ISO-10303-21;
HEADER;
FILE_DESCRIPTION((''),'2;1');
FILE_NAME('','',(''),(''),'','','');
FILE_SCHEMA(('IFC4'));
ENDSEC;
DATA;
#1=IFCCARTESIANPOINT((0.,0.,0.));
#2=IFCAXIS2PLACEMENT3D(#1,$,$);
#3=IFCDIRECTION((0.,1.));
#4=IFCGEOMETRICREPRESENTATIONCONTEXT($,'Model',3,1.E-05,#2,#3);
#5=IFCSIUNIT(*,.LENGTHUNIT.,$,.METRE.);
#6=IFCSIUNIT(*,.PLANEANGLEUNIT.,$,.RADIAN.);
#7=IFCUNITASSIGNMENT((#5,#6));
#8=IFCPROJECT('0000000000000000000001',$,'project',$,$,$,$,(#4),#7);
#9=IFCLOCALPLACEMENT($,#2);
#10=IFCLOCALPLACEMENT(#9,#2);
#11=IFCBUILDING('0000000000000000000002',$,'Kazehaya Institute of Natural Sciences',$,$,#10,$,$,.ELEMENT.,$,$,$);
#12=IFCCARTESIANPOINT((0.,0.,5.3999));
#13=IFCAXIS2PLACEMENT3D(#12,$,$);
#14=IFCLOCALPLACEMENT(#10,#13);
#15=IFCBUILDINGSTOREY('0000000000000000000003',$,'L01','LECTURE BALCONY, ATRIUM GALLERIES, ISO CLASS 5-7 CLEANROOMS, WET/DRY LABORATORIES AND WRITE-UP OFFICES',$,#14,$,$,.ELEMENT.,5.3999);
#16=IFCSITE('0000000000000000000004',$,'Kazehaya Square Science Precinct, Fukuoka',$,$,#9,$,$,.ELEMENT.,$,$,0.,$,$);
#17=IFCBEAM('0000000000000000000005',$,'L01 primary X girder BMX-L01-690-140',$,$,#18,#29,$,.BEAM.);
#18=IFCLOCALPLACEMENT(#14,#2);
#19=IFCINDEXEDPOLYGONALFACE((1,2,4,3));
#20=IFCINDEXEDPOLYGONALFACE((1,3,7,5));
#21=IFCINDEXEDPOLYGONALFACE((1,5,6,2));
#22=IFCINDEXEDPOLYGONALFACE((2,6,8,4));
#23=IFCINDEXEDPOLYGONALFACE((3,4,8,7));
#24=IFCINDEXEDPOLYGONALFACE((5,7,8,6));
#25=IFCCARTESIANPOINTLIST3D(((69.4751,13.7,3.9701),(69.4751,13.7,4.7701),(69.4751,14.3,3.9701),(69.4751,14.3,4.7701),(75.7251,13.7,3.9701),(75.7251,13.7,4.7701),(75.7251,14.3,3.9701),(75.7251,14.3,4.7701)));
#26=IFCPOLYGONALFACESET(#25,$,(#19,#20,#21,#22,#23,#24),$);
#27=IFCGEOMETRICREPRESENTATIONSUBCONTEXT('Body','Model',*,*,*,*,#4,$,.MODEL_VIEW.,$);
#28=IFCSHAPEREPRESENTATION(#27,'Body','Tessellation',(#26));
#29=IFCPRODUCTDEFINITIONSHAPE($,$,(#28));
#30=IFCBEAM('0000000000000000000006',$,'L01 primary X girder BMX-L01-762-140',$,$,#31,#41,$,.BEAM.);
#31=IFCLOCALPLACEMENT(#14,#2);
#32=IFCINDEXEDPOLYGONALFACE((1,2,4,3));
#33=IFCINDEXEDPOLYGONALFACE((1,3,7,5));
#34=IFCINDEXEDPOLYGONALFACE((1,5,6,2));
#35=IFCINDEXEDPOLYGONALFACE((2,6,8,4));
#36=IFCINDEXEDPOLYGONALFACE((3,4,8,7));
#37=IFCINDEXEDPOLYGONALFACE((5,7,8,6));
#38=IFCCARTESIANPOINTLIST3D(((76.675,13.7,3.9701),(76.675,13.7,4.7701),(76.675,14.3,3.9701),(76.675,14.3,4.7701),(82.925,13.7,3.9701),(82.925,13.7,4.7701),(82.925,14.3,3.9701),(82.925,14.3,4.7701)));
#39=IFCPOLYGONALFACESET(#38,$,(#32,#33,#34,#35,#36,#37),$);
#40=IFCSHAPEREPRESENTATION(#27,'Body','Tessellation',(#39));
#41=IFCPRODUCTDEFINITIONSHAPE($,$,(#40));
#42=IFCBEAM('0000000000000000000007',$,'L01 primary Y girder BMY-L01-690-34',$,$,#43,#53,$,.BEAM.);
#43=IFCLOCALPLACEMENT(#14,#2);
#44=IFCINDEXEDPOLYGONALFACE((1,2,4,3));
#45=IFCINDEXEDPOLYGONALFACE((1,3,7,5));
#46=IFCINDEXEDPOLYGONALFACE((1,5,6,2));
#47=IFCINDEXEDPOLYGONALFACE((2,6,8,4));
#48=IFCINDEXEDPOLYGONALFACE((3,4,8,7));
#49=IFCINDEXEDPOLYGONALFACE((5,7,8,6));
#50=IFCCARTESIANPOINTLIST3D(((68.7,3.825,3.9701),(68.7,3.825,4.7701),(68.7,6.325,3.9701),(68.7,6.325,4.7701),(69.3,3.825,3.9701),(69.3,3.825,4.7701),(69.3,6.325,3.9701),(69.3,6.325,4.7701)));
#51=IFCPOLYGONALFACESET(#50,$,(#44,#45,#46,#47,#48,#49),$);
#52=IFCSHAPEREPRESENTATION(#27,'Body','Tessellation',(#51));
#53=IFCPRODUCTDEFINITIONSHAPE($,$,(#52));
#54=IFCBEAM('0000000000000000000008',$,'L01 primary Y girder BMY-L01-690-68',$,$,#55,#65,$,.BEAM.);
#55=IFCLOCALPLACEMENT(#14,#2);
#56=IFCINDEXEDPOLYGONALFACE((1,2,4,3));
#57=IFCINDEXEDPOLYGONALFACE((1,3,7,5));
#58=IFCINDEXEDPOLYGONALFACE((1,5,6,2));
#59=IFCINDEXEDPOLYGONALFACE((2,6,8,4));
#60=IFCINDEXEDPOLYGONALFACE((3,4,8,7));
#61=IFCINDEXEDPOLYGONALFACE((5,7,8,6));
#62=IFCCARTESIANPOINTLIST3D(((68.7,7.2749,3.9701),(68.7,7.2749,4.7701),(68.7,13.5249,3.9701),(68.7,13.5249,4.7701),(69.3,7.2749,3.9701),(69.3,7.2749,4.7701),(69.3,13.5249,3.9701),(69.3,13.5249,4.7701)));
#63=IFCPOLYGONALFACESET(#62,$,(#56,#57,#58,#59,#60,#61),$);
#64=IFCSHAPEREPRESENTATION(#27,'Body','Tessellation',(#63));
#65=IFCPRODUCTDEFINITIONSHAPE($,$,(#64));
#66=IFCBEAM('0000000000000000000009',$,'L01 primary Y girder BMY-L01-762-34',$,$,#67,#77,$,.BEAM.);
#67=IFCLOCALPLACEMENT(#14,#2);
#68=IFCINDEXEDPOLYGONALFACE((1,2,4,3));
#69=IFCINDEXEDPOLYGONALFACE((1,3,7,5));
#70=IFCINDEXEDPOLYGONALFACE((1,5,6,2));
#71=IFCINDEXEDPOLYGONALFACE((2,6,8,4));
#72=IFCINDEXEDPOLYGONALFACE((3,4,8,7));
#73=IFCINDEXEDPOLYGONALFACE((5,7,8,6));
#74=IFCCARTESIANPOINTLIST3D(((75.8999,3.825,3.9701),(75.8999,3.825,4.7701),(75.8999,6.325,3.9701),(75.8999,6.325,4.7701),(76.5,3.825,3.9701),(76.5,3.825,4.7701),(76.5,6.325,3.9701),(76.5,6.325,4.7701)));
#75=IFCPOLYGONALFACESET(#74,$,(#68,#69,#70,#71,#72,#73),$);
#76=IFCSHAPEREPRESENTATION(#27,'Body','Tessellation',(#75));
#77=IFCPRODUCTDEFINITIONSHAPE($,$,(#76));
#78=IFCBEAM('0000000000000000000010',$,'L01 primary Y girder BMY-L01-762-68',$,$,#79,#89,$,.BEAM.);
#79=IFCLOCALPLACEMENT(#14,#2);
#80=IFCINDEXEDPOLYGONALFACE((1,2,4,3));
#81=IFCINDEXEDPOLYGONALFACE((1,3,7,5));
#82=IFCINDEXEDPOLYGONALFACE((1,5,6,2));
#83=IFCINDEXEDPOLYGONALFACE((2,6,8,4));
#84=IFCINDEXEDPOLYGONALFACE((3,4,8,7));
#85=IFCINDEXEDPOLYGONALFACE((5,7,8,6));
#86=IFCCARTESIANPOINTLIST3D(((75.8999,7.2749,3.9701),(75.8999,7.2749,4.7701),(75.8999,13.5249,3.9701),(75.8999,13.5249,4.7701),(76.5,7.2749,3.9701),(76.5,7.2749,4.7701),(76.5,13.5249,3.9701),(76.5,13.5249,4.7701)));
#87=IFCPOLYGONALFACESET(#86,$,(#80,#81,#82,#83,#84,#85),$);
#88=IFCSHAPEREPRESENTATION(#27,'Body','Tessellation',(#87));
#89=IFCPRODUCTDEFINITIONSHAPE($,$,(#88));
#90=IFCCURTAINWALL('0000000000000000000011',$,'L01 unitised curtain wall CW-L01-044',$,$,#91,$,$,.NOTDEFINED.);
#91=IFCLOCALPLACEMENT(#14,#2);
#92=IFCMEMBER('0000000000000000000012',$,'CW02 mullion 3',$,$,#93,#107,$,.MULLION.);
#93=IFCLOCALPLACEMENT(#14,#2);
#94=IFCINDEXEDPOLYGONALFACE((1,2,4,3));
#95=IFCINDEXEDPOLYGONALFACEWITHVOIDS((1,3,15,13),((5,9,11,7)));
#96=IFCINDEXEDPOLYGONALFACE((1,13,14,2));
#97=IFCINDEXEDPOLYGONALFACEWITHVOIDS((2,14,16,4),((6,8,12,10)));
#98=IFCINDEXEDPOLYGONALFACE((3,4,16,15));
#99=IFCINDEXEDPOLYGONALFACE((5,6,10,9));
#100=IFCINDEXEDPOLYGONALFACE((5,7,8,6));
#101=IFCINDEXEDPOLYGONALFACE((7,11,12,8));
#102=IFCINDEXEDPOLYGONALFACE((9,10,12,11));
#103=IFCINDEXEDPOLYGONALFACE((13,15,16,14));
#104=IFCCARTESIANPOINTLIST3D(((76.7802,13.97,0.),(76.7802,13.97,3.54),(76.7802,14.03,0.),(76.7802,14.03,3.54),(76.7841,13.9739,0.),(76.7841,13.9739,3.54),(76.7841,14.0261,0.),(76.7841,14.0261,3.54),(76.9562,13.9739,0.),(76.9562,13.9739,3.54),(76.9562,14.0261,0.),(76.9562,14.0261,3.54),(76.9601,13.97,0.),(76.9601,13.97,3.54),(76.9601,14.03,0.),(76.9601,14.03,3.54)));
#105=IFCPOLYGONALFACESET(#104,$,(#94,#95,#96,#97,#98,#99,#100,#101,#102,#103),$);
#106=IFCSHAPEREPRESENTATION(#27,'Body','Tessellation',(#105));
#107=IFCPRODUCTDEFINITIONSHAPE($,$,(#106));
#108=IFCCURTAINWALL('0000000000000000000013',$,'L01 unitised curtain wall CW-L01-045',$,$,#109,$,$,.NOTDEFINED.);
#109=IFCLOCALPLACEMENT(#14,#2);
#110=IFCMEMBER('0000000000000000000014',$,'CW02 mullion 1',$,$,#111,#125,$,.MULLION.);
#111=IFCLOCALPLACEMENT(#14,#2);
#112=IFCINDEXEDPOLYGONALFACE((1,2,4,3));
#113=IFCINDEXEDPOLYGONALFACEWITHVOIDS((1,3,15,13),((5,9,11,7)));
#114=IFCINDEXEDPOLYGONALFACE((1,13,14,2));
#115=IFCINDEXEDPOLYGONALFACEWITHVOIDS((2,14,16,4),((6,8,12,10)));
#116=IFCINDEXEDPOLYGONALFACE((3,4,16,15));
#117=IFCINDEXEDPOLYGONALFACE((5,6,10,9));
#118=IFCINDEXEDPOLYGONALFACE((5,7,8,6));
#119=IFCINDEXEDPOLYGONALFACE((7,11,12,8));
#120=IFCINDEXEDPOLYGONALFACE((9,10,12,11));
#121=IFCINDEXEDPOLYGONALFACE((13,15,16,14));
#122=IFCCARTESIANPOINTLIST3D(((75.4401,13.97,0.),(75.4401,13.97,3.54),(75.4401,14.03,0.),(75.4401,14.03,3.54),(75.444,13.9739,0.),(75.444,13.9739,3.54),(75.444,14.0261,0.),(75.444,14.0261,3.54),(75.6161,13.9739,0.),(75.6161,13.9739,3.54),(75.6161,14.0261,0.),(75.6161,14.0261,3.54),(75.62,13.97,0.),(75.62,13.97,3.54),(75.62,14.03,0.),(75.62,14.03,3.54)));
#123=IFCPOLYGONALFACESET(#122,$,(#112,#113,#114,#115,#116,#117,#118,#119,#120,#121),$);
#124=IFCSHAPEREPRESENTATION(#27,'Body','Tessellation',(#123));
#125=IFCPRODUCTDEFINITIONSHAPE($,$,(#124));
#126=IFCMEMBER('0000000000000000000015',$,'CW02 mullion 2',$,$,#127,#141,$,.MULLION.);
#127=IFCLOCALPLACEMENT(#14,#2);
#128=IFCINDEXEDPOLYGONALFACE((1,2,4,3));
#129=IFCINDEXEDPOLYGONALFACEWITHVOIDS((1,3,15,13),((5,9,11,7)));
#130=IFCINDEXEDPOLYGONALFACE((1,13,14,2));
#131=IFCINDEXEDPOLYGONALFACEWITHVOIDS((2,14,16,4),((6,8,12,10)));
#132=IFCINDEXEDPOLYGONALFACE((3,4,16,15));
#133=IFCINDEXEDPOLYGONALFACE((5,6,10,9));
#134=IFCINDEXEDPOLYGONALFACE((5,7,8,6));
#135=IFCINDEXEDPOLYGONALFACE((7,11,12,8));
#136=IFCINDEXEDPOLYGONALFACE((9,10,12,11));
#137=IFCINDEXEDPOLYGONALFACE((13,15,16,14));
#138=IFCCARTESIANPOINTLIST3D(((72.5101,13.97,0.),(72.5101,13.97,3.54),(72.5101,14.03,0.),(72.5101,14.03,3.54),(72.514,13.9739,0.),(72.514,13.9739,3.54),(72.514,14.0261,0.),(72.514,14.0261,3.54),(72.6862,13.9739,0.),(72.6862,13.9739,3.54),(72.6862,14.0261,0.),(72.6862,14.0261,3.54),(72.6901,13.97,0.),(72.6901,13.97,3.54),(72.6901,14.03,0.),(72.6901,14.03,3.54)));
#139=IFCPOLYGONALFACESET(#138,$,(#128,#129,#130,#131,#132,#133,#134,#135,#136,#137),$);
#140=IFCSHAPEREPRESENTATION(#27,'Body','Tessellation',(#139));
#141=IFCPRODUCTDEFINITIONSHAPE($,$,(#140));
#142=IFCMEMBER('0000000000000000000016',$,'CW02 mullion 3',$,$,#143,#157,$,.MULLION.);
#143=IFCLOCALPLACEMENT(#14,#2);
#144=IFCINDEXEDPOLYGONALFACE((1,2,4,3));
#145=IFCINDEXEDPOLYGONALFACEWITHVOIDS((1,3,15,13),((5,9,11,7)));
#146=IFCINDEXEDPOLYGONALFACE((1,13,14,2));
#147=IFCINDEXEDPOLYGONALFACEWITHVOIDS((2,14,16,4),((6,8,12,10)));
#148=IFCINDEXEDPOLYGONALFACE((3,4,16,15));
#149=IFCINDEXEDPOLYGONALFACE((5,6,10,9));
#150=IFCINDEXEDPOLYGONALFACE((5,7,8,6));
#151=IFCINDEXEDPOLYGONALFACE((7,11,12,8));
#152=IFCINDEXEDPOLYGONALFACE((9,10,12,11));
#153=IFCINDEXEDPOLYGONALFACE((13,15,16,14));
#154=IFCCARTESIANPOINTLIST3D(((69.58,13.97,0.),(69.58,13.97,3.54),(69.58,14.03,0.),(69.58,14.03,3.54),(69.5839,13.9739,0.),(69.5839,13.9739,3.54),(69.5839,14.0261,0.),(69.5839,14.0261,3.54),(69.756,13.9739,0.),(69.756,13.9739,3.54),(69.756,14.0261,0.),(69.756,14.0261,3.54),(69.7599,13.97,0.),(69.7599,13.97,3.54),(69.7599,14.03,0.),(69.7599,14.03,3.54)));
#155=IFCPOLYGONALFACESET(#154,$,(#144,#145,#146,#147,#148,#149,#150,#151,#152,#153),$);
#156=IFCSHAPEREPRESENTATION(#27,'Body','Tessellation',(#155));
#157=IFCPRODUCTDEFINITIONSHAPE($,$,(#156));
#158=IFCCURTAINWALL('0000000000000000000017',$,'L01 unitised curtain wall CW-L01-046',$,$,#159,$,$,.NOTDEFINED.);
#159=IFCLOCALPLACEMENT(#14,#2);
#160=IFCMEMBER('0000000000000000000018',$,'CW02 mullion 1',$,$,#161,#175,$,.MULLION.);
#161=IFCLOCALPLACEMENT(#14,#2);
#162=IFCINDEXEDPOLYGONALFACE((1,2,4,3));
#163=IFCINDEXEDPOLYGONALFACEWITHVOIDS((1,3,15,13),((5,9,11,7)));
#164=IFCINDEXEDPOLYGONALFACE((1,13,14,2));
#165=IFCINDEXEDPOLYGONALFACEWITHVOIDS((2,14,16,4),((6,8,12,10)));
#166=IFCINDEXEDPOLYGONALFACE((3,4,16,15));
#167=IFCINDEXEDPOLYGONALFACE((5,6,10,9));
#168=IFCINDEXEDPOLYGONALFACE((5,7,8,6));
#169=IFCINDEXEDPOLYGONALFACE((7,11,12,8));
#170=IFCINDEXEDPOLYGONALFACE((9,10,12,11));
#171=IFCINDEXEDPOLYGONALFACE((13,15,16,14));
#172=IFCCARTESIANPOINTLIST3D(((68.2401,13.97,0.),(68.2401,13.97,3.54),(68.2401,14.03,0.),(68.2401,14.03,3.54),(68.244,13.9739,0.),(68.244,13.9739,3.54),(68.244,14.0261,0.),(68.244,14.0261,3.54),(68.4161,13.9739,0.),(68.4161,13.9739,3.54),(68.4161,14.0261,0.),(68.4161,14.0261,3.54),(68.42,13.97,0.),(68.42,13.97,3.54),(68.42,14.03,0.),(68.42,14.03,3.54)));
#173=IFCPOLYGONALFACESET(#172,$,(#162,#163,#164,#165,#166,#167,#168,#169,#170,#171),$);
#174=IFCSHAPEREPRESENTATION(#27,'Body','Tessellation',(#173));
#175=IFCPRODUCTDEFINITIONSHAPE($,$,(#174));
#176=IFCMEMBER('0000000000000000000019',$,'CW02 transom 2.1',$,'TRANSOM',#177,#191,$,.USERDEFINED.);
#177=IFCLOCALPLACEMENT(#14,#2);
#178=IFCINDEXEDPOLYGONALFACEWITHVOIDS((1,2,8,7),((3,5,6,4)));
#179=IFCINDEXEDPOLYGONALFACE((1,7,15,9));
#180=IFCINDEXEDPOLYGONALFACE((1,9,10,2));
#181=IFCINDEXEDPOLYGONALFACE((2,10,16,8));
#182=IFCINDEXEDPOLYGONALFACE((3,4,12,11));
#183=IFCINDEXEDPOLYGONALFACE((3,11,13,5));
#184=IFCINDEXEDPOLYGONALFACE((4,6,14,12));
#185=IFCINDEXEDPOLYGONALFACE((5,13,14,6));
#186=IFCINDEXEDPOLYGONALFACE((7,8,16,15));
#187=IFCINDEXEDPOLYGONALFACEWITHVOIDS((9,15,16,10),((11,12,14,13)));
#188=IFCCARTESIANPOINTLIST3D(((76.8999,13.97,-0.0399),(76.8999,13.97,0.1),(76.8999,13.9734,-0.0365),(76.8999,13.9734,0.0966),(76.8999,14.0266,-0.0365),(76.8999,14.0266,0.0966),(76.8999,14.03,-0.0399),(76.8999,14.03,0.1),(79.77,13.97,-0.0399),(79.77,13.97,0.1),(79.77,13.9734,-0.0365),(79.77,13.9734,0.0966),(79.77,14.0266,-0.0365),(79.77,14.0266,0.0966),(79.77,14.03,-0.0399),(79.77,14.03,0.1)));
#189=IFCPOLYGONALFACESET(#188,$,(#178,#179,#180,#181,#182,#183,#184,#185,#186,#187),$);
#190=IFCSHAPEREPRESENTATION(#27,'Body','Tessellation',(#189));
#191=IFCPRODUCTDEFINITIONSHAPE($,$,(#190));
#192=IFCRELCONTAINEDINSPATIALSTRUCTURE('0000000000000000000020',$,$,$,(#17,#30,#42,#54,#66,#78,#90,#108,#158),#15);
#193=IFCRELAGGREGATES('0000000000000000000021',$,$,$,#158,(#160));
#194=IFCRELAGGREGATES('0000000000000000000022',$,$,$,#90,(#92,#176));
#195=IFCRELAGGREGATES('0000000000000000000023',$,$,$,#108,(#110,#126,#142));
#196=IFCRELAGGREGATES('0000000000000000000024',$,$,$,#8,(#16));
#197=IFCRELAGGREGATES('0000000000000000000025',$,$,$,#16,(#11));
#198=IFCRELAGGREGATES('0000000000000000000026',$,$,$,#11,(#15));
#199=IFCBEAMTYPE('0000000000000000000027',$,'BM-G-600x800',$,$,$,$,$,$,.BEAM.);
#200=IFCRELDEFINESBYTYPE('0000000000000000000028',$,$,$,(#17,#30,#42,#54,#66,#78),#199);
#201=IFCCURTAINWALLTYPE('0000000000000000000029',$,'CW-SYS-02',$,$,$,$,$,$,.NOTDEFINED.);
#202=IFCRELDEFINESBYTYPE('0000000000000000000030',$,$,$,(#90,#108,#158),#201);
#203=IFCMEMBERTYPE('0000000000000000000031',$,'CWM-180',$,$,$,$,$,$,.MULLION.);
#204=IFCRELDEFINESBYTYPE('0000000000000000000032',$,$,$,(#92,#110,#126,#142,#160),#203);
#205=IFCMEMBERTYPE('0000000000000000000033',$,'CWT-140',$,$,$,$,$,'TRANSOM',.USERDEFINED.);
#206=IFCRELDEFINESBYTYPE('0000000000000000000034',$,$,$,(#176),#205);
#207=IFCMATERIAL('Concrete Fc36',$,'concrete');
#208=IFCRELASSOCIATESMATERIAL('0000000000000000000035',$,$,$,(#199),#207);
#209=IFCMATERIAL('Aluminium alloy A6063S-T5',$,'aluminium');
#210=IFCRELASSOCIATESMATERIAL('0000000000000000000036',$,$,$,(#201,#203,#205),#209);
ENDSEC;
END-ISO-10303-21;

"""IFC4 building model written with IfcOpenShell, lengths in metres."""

from ifc_helpers import new_model, si_unit, direction, frame, origin, origin_2d, place, context, subcontext, project, spatial, rectangle, hollow_rectangle, extrude, material, material_profile, profile_set, type_object, element, aggregate, save


model = new_model("IFC4")

# Units and contexts
model_context = context("Model", 3, precision=1e-05, world=origin(), true_north=direction((0.0, 1.0)))
body_context = subcontext(model_context, "Body", "Model", "MODEL_VIEW")
ifc_project = project(units=[si_unit("LENGTHUNIT", "METRE"), si_unit("PLANEANGLEUNIT", "RADIAN")], contexts=[model_context])

# Site, building, storey
site_placement = place(None, origin())
site = spatial("IfcSite", under=ifc_project, at=site_placement, Name="Kazehaya Square Science Precinct, Fukuoka", CompositionType="ELEMENT", RefElevation=0.0)
building_placement = place(site_placement, origin())
building = spatial("IfcBuilding", under=site, at=building_placement, Name="Kazehaya Institute of Natural Sciences", CompositionType="ELEMENT")
storey_placement = place(building_placement, frame((0.0, 0.0, 5.3999)))
storey = spatial("IfcBuildingStorey", under=building, at=storey_placement, Name="L01", Description="LECTURE BALCONY, ATRIUM GALLERIES, ISO CLASS 5-7 CLEANROOMS, WET/DRY LABORATORIES AND WRITE-UP OFFICES", CompositionType="ELEMENT", Elevation=5.3999)

# Shared definitions
ifc_material_1 = material(Name="Concrete Fc36", Category="concrete")

# Beams
ifc_material_profile_1 = material_profile(ifc_material_1, rectangle(XDim=0.6001, YDim=0.8, at=origin_2d()), Name="RC-600x800")
ifc_profile_set_1 = profile_set([ifc_material_profile_1], Name="Concrete Fc36")
beam_type = type_object("IfcBeamType", Name="BM-G-600x800", PredefinedType="BEAM", material=ifc_profile_set_1)
for number, where, z_axis, x_axis, name in (
    (1, (69.4751, 14.0, 4.3701), (1.0, 0.0, 0.0), (0.0, 1.0, 0.0), "L01 primary X girder BMX-L01-690-140"),
    (2, (76.675, 14.0, 4.3701), (1.0, 0.0, 0.0), (0.0, 1.0, 0.0), "L01 primary X girder BMX-L01-762-140"),
):
    element("IfcBeam", number, at=place(storey_placement, frame(where, z_axis=z_axis, x_axis=x_axis)), inside=storey, type_object=beam_type, Name=name, PredefinedType="BEAM", context=body_context, shape_type="SweptSolid", body=[
        extrude(rectangle(XDim=0.6001, YDim=0.8, at=origin_2d()), origin(), (0.0, 0.0, 1.0), 6.25),
    ])
beam_1_placement = place(storey_placement, frame((69.0, 3.825, 4.3701), z_axis=(0.0, 1.0, 0.0), x_axis=(-1.0, 0.0, 0.0)))
element("IfcBeam", 3, at=beam_1_placement, inside=storey, type_object=beam_type, Name="L01 primary Y girder BMY-L01-690-34", PredefinedType="BEAM", context=body_context, shape_type="SweptSolid", body=[
    extrude(rectangle(XDim=0.6001, YDim=0.8, at=origin_2d()), origin(), (0.0, 0.0, 1.0), 2.5),
])
beam_2_placement = place(storey_placement, frame((69.0, 7.2749, 4.3701), z_axis=(0.0, 1.0, 0.0), x_axis=(-1.0, 0.0, 0.0)))
element("IfcBeam", 4, at=beam_2_placement, inside=storey, type_object=beam_type, Name="L01 primary Y girder BMY-L01-690-68", PredefinedType="BEAM", context=body_context, shape_type="SweptSolid", body=[
    extrude(rectangle(XDim=0.6001, YDim=0.8, at=origin_2d()), origin(), (0.0, 0.0, 1.0), 6.25),
])
beam_3_placement = place(storey_placement, frame((76.2, 3.825, 4.3701), z_axis=(0.0, 1.0, 0.0), x_axis=(-1.0, 0.0, 0.0)))
element("IfcBeam", 5, at=beam_3_placement, inside=storey, type_object=beam_type, Name="L01 primary Y girder BMY-L01-762-34", PredefinedType="BEAM", context=body_context, shape_type="SweptSolid", body=[
    extrude(rectangle(XDim=0.6001, YDim=0.8, at=origin_2d()), origin(), (0.0, 0.0, 1.0), 2.5),
])
beam_4_placement = place(storey_placement, frame((76.2, 7.2749, 4.3701), z_axis=(0.0, 1.0, 0.0), x_axis=(-1.0, 0.0, 0.0)))
element("IfcBeam", 6, at=beam_4_placement, inside=storey, type_object=beam_type, Name="L01 primary Y girder BMY-L01-762-68", PredefinedType="BEAM", context=body_context, shape_type="SweptSolid", body=[
    extrude(rectangle(XDim=0.6001, YDim=0.8, at=origin_2d()), origin(), (0.0, 0.0, 1.0), 6.25),
])

# Curtain wall, member
ifc_material_2 = material(Name="Aluminium alloy A6063S-T5", Category="aluminium")
curtain_wall_type = type_object("IfcCurtainWallType", Name="CW-SYS-02", PredefinedType="NOTDEFINED", material=ifc_material_2)
curtain_wall_1_placement = place(storey_placement, origin())
curtain_wall_1 = element("IfcCurtainWall", 7, at=curtain_wall_1_placement, inside=storey, type_object=curtain_wall_type, Name="L01 unitised curtain wall CW-L01-044", PredefinedType="NOTDEFINED")
ifc_material_profile_2 = material_profile(ifc_material_2, hollow_rectangle(XDim=0.0601, YDim=0.1799, WallThickness=0.0039, at=origin_2d()), Name="ALU-60x180x4")
ifc_profile_set_2 = profile_set([ifc_material_profile_2], Name="Aluminium alloy A6063S-T5")
member_type_1 = type_object("IfcMemberType", Name="CWM-180", PredefinedType="MULLION", material=ifc_profile_set_2)
member_1_placement = place(storey_placement, frame((76.8701, 14.0, 0.0), z_axis=(0.0, 0.0, 1.0), x_axis=(0.0, -1.0, 0.0)))
member_1 = element("IfcMember", 8, at=member_1_placement, type_object=member_type_1, Name="CW02 mullion 3", PredefinedType="MULLION", context=body_context, shape_type="SweptSolid", body=[
    extrude(hollow_rectangle(XDim=0.0601, YDim=0.1799, WallThickness=0.0039, at=origin_2d()), origin(), (0.0, 0.0, 1.0), 3.54),
])

# Curtain wall, members
curtain_wall_2_placement = place(storey_placement, origin())
curtain_wall_2 = element("IfcCurtainWall", 9, at=curtain_wall_2_placement, inside=storey, type_object=curtain_wall_type, Name="L01 unitised curtain wall CW-L01-045", PredefinedType="NOTDEFINED")
member_2_placement = place(storey_placement, frame((75.53, 14.0, 0.0), z_axis=(0.0, 0.0, 1.0), x_axis=(0.0, -1.0, 0.0)))
member_2 = element("IfcMember", 10, at=member_2_placement, type_object=member_type_1, Name="CW02 mullion 1", PredefinedType="MULLION", context=body_context, shape_type="SweptSolid", body=[
    extrude(hollow_rectangle(XDim=0.0601, YDim=0.1799, WallThickness=0.0039, at=origin_2d()), origin(), (0.0, 0.0, 1.0), 3.54),
])
member_3_placement = place(storey_placement, frame((72.6001, 14.0, 0.0), z_axis=(0.0, 0.0, 1.0), x_axis=(0.0, -1.0, 0.0)))
member_3 = element("IfcMember", 11, at=member_3_placement, type_object=member_type_1, Name="CW02 mullion 2", PredefinedType="MULLION", context=body_context, shape_type="SweptSolid", body=[
    extrude(hollow_rectangle(XDim=0.0601, YDim=0.1799, WallThickness=0.0039, at=origin_2d()), origin(), (0.0, 0.0, 1.0), 3.54),
])
member_4_placement = place(storey_placement, frame((69.6699, 14.0, 0.0), z_axis=(0.0, 0.0, 1.0), x_axis=(0.0, -1.0, 0.0)))
member_4 = element("IfcMember", 12, at=member_4_placement, type_object=member_type_1, Name="CW02 mullion 3", PredefinedType="MULLION", context=body_context, shape_type="SweptSolid", body=[
    extrude(hollow_rectangle(XDim=0.0601, YDim=0.1799, WallThickness=0.0039, at=origin_2d()), origin(), (0.0, 0.0, 1.0), 3.54),
])

# Curtain wall, member
curtain_wall_3_placement = place(storey_placement, origin())
curtain_wall_3 = element("IfcCurtainWall", 13, at=curtain_wall_3_placement, inside=storey, type_object=curtain_wall_type, Name="L01 unitised curtain wall CW-L01-046", PredefinedType="NOTDEFINED")
member_5_placement = place(storey_placement, frame((68.3301, 14.0, 0.0), z_axis=(0.0, 0.0, 1.0), x_axis=(0.0, -1.0, 0.0)))
member_5 = element("IfcMember", 14, at=member_5_placement, type_object=member_type_1, Name="CW02 mullion 1", PredefinedType="MULLION", context=body_context, shape_type="SweptSolid", body=[
    extrude(hollow_rectangle(XDim=0.0601, YDim=0.1799, WallThickness=0.0039, at=origin_2d()), origin(), (0.0, 0.0, 1.0), 3.54),
])

# Member
ifc_material_profile_3 = material_profile(ifc_material_2, hollow_rectangle(XDim=0.0601, YDim=0.1399, WallThickness=0.0034, at=origin_2d()), Name="ALU-60x140x3.5")
ifc_profile_set_3 = profile_set([ifc_material_profile_3], Name="Aluminium alloy A6063S-T5")
member_type_2 = type_object("IfcMemberType", Name="CWT-140", ElementType="TRANSOM", PredefinedType="USERDEFINED", material=ifc_profile_set_3)
member_6_placement = place(storey_placement, frame((79.77, 14.0, 0.03), z_axis=(-1.0, 0.0, 0.0), x_axis=(0.0, -1.0, 0.0)))
member_6 = element("IfcMember", 15, at=member_6_placement, type_object=member_type_2, Name="CW02 transom 2.1", ObjectType="TRANSOM", PredefinedType="USERDEFINED", context=body_context, shape_type="SweptSolid", body=[
    extrude(hollow_rectangle(XDim=0.0601, YDim=0.1399, WallThickness=0.0034, at=origin_2d()), origin(), (0.0, 0.0, 1.0), 2.8701),
])
aggregate(curtain_wall_3, [member_5])

aggregate(curtain_wall_1, [member_1, member_6])
aggregate(curtain_wall_2, [member_2, member_3, member_4])

save(model, "model.ifc")
